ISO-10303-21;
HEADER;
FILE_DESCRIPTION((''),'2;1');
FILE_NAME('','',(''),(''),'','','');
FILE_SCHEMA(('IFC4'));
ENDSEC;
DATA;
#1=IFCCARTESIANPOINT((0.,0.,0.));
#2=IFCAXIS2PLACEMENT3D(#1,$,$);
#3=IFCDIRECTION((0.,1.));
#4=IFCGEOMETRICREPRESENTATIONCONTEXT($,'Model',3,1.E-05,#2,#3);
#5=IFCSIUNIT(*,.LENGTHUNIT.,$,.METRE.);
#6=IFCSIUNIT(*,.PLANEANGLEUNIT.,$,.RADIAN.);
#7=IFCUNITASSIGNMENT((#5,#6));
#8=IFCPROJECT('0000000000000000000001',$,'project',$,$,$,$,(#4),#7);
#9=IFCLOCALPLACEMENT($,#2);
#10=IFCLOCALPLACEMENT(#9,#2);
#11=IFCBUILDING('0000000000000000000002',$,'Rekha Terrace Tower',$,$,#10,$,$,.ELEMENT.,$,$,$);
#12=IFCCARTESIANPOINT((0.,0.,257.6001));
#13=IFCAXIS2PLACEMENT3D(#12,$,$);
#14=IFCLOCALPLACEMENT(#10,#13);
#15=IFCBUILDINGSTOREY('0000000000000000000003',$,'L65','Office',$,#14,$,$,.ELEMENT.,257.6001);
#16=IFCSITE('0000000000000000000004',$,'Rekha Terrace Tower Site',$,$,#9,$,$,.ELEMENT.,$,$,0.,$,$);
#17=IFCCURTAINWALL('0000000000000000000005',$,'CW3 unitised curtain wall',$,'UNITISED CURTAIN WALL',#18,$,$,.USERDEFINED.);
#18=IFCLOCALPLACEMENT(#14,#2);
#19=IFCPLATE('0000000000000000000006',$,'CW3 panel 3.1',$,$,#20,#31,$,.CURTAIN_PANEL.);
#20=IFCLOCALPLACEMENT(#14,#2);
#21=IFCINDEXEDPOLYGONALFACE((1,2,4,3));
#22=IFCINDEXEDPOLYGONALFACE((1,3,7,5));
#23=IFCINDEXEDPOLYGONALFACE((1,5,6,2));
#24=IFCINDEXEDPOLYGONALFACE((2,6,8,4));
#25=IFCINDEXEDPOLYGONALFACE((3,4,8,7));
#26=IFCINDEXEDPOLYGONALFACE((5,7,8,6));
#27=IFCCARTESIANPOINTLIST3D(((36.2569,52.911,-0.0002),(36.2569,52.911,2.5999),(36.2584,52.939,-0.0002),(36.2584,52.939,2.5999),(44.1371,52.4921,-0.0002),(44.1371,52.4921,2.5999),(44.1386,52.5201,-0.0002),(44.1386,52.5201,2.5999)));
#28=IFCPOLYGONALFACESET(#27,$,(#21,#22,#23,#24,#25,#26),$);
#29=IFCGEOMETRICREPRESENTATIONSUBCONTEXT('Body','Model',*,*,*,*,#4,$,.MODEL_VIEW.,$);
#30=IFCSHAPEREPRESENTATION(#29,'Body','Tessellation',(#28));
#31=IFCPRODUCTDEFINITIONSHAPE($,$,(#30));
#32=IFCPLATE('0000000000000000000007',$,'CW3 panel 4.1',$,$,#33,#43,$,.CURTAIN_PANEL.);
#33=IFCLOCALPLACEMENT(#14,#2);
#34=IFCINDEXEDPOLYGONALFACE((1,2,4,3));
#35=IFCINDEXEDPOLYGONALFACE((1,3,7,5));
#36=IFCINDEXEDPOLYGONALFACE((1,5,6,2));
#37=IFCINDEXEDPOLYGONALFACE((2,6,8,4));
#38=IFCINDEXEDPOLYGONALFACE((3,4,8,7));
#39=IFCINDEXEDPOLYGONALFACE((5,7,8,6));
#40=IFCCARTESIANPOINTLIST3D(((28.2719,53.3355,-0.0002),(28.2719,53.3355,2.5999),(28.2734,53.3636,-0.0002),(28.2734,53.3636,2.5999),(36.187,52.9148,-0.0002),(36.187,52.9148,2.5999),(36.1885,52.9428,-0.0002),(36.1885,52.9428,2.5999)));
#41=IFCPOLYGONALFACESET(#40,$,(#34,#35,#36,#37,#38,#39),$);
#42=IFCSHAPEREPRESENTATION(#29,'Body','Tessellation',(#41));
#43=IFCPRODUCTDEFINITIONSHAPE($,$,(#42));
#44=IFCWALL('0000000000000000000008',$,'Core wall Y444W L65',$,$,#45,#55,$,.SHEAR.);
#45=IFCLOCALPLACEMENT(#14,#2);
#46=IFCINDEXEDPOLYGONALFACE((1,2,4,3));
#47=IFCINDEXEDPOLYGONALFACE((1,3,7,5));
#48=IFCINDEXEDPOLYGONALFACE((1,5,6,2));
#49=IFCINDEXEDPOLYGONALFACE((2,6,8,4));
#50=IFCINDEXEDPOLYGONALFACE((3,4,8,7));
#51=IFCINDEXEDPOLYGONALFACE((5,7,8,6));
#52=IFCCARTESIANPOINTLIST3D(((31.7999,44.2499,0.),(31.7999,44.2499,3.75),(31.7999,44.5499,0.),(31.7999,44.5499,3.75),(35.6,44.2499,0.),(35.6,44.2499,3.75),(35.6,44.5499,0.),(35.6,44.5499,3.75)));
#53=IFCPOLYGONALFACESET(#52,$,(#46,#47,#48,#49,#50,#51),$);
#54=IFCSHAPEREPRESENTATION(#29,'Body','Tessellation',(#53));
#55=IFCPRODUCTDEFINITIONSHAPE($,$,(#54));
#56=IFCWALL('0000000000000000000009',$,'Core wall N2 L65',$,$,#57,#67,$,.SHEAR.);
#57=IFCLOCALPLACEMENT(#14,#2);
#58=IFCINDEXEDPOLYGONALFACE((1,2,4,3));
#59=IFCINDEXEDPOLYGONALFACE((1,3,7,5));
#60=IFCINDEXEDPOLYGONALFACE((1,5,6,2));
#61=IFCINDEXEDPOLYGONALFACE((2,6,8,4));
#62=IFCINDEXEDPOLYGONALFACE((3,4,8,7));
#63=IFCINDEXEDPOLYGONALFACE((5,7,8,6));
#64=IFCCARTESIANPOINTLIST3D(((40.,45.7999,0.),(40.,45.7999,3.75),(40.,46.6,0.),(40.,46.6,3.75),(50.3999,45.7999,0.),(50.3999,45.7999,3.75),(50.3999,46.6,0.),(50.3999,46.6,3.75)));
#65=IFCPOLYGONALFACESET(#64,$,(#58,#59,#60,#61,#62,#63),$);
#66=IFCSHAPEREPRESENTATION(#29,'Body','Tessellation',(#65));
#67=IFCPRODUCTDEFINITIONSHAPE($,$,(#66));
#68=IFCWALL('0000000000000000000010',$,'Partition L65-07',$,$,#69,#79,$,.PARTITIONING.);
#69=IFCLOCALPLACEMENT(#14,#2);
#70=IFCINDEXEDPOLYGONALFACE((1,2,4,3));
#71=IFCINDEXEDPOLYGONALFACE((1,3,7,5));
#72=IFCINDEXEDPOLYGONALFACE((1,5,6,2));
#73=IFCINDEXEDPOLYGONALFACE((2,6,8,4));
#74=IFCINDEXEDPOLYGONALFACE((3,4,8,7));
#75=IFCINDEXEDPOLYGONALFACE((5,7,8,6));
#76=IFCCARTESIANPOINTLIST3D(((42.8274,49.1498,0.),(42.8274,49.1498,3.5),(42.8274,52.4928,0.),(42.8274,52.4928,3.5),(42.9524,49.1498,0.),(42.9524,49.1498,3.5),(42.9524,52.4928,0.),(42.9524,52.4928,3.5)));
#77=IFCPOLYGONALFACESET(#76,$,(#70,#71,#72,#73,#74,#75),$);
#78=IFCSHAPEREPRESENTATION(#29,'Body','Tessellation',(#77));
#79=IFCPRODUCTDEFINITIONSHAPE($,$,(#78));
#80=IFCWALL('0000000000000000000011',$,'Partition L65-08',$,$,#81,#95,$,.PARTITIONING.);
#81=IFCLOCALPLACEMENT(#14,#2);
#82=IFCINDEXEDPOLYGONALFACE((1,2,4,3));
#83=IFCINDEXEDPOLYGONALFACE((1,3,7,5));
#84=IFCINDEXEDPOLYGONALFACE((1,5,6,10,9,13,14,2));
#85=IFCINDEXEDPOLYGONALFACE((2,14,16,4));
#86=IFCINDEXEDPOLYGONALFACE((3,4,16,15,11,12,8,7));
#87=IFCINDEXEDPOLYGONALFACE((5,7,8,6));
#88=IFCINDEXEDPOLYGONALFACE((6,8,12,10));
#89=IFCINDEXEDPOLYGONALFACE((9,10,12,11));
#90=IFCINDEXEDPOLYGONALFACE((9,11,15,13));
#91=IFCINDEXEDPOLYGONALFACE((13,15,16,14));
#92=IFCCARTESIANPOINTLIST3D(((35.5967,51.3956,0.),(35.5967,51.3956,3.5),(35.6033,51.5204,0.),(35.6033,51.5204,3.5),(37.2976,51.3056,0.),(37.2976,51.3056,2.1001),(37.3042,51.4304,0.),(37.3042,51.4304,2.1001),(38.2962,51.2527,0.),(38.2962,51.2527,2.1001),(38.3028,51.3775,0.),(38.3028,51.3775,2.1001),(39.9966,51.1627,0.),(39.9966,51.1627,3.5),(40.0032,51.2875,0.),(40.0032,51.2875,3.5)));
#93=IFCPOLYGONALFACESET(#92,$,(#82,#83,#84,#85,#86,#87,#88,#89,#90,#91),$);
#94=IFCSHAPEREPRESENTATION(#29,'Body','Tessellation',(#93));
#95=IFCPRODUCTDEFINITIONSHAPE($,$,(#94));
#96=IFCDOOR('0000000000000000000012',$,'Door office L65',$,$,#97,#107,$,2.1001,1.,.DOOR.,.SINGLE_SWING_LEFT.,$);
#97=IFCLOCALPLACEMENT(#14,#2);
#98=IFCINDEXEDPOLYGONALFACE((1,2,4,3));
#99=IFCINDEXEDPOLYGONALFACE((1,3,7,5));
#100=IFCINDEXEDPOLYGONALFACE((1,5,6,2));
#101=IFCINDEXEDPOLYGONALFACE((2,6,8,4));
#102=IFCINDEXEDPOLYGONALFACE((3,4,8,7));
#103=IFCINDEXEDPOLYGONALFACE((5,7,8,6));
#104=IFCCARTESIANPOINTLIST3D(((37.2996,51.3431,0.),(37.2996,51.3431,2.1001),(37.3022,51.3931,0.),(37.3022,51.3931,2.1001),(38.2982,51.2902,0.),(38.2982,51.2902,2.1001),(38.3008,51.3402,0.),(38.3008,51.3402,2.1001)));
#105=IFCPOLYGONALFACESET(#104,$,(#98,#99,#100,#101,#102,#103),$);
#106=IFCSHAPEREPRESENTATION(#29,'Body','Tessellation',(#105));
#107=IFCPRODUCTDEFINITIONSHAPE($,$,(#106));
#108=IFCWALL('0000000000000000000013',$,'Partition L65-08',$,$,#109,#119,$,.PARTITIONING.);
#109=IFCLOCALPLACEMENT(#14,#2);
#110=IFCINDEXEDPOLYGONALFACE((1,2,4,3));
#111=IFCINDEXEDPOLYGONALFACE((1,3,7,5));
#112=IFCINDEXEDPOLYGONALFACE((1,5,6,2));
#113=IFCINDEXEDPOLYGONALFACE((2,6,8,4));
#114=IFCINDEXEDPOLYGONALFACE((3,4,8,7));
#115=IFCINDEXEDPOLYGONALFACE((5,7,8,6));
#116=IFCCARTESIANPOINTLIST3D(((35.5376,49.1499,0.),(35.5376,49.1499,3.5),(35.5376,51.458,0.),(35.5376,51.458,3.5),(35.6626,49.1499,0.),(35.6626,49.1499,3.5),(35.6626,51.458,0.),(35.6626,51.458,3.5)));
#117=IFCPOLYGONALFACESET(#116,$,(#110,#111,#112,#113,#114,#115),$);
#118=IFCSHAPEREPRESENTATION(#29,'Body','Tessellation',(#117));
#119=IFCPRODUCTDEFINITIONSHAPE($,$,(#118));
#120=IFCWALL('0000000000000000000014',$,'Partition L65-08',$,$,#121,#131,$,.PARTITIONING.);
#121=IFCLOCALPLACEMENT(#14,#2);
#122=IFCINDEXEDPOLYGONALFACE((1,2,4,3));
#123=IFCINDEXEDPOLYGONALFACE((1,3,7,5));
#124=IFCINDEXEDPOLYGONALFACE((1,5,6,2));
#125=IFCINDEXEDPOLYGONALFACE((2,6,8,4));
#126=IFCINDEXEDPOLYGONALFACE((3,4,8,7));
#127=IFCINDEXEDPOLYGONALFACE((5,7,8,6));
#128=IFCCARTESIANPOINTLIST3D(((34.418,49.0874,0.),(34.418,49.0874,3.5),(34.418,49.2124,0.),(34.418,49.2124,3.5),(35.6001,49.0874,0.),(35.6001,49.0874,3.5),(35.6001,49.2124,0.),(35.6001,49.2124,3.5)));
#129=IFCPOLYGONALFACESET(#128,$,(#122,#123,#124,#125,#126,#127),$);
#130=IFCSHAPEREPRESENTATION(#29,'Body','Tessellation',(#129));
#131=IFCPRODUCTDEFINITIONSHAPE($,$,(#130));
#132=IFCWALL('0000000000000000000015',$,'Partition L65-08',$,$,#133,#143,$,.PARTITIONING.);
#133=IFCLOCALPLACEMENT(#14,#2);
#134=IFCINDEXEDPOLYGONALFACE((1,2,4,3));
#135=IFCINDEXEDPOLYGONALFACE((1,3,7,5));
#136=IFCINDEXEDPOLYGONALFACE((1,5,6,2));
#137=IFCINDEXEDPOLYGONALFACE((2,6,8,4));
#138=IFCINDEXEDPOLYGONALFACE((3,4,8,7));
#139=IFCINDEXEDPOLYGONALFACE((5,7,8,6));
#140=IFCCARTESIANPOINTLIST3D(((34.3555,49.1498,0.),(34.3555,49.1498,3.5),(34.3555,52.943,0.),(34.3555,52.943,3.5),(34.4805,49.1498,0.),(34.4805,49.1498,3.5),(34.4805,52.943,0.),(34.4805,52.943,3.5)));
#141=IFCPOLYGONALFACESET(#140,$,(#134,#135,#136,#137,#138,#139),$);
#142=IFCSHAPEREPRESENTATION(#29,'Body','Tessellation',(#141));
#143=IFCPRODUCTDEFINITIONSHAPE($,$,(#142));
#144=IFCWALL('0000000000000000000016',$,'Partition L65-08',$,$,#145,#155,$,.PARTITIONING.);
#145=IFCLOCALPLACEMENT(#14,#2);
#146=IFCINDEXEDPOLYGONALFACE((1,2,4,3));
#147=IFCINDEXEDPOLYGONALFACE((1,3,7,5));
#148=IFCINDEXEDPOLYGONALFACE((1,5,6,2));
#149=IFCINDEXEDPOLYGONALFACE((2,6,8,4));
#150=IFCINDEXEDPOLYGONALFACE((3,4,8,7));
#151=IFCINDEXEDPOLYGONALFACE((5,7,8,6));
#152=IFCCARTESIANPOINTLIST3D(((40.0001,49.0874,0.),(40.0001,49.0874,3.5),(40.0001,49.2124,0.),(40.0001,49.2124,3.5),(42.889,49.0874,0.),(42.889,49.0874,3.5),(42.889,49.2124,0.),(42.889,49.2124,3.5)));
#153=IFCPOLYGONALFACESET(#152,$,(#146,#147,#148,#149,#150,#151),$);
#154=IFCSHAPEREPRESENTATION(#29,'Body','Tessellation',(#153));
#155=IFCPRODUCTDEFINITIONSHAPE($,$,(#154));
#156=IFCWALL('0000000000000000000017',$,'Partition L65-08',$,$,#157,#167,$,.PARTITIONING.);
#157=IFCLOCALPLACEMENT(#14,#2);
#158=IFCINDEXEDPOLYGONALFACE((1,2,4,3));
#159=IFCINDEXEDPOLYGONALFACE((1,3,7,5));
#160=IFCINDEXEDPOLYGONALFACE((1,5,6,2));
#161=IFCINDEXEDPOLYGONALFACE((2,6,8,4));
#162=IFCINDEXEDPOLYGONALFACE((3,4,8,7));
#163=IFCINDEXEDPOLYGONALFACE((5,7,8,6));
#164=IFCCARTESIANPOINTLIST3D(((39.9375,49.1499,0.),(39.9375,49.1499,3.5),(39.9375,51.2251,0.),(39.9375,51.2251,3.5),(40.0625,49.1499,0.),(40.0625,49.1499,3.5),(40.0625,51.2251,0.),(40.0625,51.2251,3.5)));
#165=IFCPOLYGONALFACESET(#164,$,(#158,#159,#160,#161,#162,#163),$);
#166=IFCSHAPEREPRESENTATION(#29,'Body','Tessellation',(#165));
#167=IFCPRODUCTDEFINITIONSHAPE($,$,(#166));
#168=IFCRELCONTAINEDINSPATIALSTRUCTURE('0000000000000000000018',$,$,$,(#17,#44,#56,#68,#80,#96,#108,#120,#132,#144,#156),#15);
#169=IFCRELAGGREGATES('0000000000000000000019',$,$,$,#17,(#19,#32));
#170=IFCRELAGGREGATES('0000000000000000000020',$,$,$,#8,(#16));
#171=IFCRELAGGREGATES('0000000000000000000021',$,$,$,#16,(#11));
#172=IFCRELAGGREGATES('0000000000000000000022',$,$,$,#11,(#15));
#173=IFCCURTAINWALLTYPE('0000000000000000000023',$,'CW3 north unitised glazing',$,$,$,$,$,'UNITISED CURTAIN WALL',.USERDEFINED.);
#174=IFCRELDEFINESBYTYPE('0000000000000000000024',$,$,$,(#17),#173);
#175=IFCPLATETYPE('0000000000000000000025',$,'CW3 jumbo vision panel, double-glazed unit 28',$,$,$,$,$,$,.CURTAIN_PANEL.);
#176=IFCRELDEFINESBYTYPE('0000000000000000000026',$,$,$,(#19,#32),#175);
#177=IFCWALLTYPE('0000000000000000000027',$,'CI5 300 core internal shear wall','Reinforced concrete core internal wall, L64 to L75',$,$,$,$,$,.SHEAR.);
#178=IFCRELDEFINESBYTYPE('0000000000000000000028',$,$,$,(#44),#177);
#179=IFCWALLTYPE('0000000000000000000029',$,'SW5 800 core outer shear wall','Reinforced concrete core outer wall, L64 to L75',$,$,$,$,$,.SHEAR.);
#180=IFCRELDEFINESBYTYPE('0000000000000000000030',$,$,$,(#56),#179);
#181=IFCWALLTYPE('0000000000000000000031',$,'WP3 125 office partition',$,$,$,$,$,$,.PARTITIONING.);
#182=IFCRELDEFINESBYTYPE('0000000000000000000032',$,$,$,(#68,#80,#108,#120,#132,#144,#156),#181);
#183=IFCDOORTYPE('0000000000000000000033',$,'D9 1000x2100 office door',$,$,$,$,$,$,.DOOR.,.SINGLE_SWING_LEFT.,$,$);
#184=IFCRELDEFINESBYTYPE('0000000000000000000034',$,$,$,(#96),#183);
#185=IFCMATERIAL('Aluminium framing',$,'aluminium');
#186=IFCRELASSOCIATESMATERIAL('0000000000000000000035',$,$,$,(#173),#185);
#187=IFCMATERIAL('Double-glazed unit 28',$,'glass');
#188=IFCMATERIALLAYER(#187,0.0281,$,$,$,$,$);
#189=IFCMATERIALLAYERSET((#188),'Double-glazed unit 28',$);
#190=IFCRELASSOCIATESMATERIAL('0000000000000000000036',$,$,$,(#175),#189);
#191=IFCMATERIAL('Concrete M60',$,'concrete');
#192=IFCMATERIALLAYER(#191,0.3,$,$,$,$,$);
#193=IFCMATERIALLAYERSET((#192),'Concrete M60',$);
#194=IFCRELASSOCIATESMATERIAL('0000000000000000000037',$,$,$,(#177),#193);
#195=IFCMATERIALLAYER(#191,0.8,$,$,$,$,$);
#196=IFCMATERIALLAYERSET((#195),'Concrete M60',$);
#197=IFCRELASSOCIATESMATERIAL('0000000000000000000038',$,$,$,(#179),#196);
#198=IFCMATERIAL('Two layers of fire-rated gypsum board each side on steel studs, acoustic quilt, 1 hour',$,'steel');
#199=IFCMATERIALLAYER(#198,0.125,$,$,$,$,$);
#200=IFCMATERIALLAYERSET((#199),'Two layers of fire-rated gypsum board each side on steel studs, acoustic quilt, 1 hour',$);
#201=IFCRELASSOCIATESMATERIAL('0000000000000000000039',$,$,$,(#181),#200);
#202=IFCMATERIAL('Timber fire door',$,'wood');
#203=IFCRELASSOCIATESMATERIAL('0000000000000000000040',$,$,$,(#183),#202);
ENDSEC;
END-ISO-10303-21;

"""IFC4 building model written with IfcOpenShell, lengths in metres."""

from ifc_helpers import new_model, si_unit, direction, frame, frame_2d, origin, origin_2d, place, context, subcontext, project, spatial, rectangle, extrude, material, layer, layer_set, type_object, element, fill, aggregate, save


model = new_model("IFC4")

# Units and contexts
model_context = context("Model", 3, precision=1e-05, world=origin(), true_north=direction((0.0, 1.0)))
body_context = subcontext(model_context, "Body", "Model", "MODEL_VIEW")
ifc_project = project(units=[si_unit("LENGTHUNIT", "METRE"), si_unit("PLANEANGLEUNIT", "RADIAN")], contexts=[model_context])

# Site, building, storey
site_placement = place(None, origin())
site = spatial("IfcSite", under=ifc_project, at=site_placement, Name="Rekha Terrace Tower Site", CompositionType="ELEMENT", RefElevation=0.0)
building_placement = place(site_placement, origin())
building = spatial("IfcBuilding", under=site, at=building_placement, Name="Rekha Terrace Tower", CompositionType="ELEMENT")
storey_placement = place(building_placement, frame((0.0, 0.0, 257.6001)))
storey = spatial("IfcBuildingStorey", under=building, at=storey_placement, Name="L65", Description="Office", CompositionType="ELEMENT", Elevation=257.6001)

# Shared definitions
ifc_material_1 = material(Name="Concrete M60", Category="concrete")

# Curtain wall
ifc_material_2 = material(Name="Aluminium framing", Category="aluminium")
curtain_wall_type = type_object("IfcCurtainWallType", Name="CW3 north unitised glazing", ElementType="UNITISED CURTAIN WALL", PredefinedType="USERDEFINED", material=ifc_material_2)
curtain_wall_placement = place(storey_placement, origin())
curtain_wall = element("IfcCurtainWall", 1, at=curtain_wall_placement, inside=storey, type_object=curtain_wall_type, Name="CW3 unitised curtain wall", ObjectType="UNITISED CURTAIN WALL", PredefinedType="USERDEFINED")

# Plates
ifc_material_3 = material(Name="Double-glazed unit 28", Category="glass")
ifc_layer_1 = layer(ifc_material_3, 0.0281)
ifc_layer_set_1 = layer_set([ifc_layer_1], Name="Double-glazed unit 28")
plate_type = type_object("IfcPlateType", Name="CW3 jumbo vision panel, double-glazed unit 28", PredefinedType="CURTAIN_PANEL", material=ifc_layer_set_1)
plate_1_placement = place(storey_placement, frame((40.1978, 52.7156, -0.0002), z_axis=(0.0, 0.0, 1.0), x_axis=(-0.99859, 0.053083, 0.0)))
plate_1 = element("IfcPlate", 2, at=plate_1_placement, type_object=plate_type, Name="CW3 panel 3.1", PredefinedType="CURTAIN_PANEL", context=body_context, shape_type="SweptSolid", body=[
    extrude(rectangle(XDim=7.8914, YDim=0.0281, at=origin_2d()), origin(), (0.0, 0.0, 1.0), 2.6001),
])
plate_2_placement = place(storey_placement, frame((32.2302, 53.1392, -0.0002), z_axis=(0.0, 0.0, 1.0), x_axis=(-0.99859, 0.053083, 0.0)))
plate_2 = element("IfcPlate", 3, at=plate_2_placement, type_object=plate_type, Name="CW3 panel 4.1", PredefinedType="CURTAIN_PANEL", context=body_context, shape_type="SweptSolid", body=[
    extrude(rectangle(XDim=7.9263, YDim=0.0281, at=origin_2d()), origin(), (0.0, 0.0, 1.0), 2.6001),
])
aggregate(curtain_wall, [plate_1, plate_2])

# Walls
ifc_layer_2 = layer(ifc_material_1, 0.3)
ifc_layer_set_2 = layer_set([ifc_layer_2], Name="Concrete M60")
wall_type_1 = type_object("IfcWallType", Name="CI5 300 core internal shear wall", Description="Reinforced concrete core internal wall, L64 to L75", PredefinedType="SHEAR", material=ifc_layer_set_2)
wall_1_placement = place(storey_placement, frame((31.8, 44.3999, 0.0), z_axis=(0.0, 0.0, 1.0), x_axis=(1.0, 0.0, 0.0)))
element("IfcWall", 4, at=wall_1_placement, inside=storey, type_object=wall_type_1, Name="Core wall Y444W L65", PredefinedType="SHEAR", context=body_context, shape_type="SweptSolid", body=[
    extrude(rectangle(XDim=3.8, YDim=0.3, at=frame_2d((1.8999, 0.0))), origin(), (0.0, 0.0, 1.0), 3.75),
])
ifc_layer_3 = layer(ifc_material_1, 0.8)
ifc_layer_set_3 = layer_set([ifc_layer_3], Name="Concrete M60")
wall_type_2 = type_object("IfcWallType", Name="SW5 800 core outer shear wall", Description="Reinforced concrete core outer wall, L64 to L75", PredefinedType="SHEAR", material=ifc_layer_set_3)
wall_2_placement = place(storey_placement, frame((40.0, 46.2, 0.0), z_axis=(0.0, 0.0, 1.0), x_axis=(1.0, 0.0, 0.0)))
element("IfcWall", 5, at=wall_2_placement, inside=storey, type_object=wall_type_2, Name="Core wall N2 L65", PredefinedType="SHEAR", context=body_context, shape_type="SweptSolid", body=[
    extrude(rectangle(XDim=10.3999, YDim=0.8, at=frame_2d((5.2, 0.0))), origin(), (0.0, 0.0, 1.0), 3.75),
])
ifc_material_4 = material(Name="Two layers of fire-rated gypsum board each side on steel studs, acoustic quilt, 1 hour", Category="steel")
ifc_layer_4 = layer(ifc_material_4, 0.125)
ifc_layer_set_4 = layer_set([ifc_layer_4], Name="Two layers of fire-rated gypsum board each side on steel studs, acoustic quilt, 1 hour")
wall_type_3 = type_object("IfcWallType", Name="WP3 125 office partition", PredefinedType="PARTITIONING", material=ifc_layer_set_4)
wall_3_placement = place(storey_placement, frame((42.8899, 49.1499, 0.0), z_axis=(0.0, 0.0, 1.0), x_axis=(0.0, 1.0, 0.0)))
element("IfcWall", 6, at=wall_3_placement, inside=storey, type_object=wall_type_3, Name="Partition L65-07", PredefinedType="PARTITIONING", context=body_context, shape_type="SweptSolid", body=[
    extrude(rectangle(XDim=3.343, YDim=0.125, at=frame_2d((1.6714, 0.0))), origin(), (0.0, 0.0, 1.0), 3.5),
])

# Wall, opening, door
wall_4_placement = place(storey_placement, frame((40.0, 51.2251, 0.0), z_axis=(0.0, 0.0, 1.0), x_axis=(-0.998602, 0.052861, 0.0)))
wall_4 = element("IfcWall", 7, at=wall_4_placement, inside=storey, type_object=wall_type_3, Name="Partition L65-08", PredefinedType="PARTITIONING", context=body_context, shape_type="SweptSolid", body=[
    extrude(rectangle(XDim=4.406, YDim=0.125, at=frame_2d((2.2031, 0.0))), origin(), (0.0, 0.0, 1.0), 3.5),
])
opening_1_placement = place(wall_4_placement, frame((1.7029, 0.0, 0.0)))
opening_1 = element("IfcOpeningElement", 8, at=opening_1_placement, cuts=wall_4, PredefinedType="OPENING", context=body_context, shape_type="SweptSolid", body=[
    extrude(rectangle(XDim=1.0, YDim=2.1001, at=frame_2d((0.5, 1.05))), frame((0.0, 0.0725, 0.0), z_axis=(0.0, -1.0, 0.0), x_axis=(1.0, 0.0, 0.0)), (0.0, 0.0, 1.0), 0.145),
])
ifc_material_5 = material(Name="Timber fire door", Category="wood")
door_type = type_object("IfcDoorType", Name="D9 1000x2100 office door", OperationType="SINGLE_SWING_LEFT", PredefinedType="DOOR", material=ifc_material_5)
door_1_placement = place(opening_1_placement, origin())
door_1 = element("IfcDoor", 9, at=door_1_placement, inside=storey, type_object=door_type, Name="Door office L65", OperationType="SINGLE_SWING_LEFT", OverallHeight=2.1001, OverallWidth=1.0, PredefinedType="DOOR", context=body_context, shape_type="SweptSolid", body=[
    extrude(rectangle(XDim=1.0, YDim=2.1001, at=frame_2d((0.5, 1.05))), frame((0.0, 0.0249, 0.0), z_axis=(0.0, -1.0, 0.0), x_axis=(1.0, 0.0, 0.0)), (0.0, 0.0, 1.0), 0.05),
])
fill(opening_1, door_1)

# Walls
wall_5_placement = place(storey_placement, frame((35.6001, 51.458, 0.0), z_axis=(0.0, 0.0, 1.0), x_axis=(0.0, -1.0, 0.0)))
element("IfcWall", 10, at=wall_5_placement, inside=storey, type_object=wall_type_3, Name="Partition L65-08", PredefinedType="PARTITIONING", context=body_context, shape_type="SweptSolid", body=[
    extrude(rectangle(XDim=2.3081, YDim=0.125, at=frame_2d((1.1541, 0.0))), origin(), (0.0, 0.0, 1.0), 3.5),
])
wall_6_placement = place(storey_placement, frame((35.6001, 49.1499, 0.0), z_axis=(0.0, 0.0, 1.0), x_axis=(-1.0, 0.0, 0.0)))
element("IfcWall", 11, at=wall_6_placement, inside=storey, type_object=wall_type_3, Name="Partition L65-08", PredefinedType="PARTITIONING", context=body_context, shape_type="SweptSolid", body=[
    extrude(rectangle(XDim=1.1821, YDim=0.125, at=frame_2d((0.5911, 0.0))), origin(), (0.0, 0.0, 1.0), 3.5),
])
wall_7_placement = place(storey_placement, frame((34.418, 49.1499, 0.0), z_axis=(0.0, 0.0, 1.0), x_axis=(0.0, 1.0, 0.0)))
element("IfcWall", 12, at=wall_7_placement, inside=storey, type_object=wall_type_3, Name="Partition L65-08", PredefinedType="PARTITIONING", context=body_context, shape_type="SweptSolid", body=[
    extrude(rectangle(XDim=3.7932, YDim=0.125, at=frame_2d((1.8965, 0.0))), origin(), (0.0, 0.0, 1.0), 3.5),
])
wall_8_placement = place(storey_placement, frame((42.8889, 49.1499, 0.0), z_axis=(0.0, 0.0, 1.0), x_axis=(-1.0, 0.0, 0.0)))
element("IfcWall", 13, at=wall_8_placement, inside=storey, type_object=wall_type_3, Name="Partition L65-08", PredefinedType="PARTITIONING", context=body_context, shape_type="SweptSolid", body=[
    extrude(rectangle(XDim=2.8889, YDim=0.125, at=frame_2d((1.4443, 0.0))), origin(), (0.0, 0.0, 1.0), 3.5),
])
wall_9_placement = place(storey_placement, frame((40.0, 49.1499, 0.0), z_axis=(0.0, 0.0, 1.0), x_axis=(0.0, 1.0, 0.0)))
element("IfcWall", 14, at=wall_9_placement, inside=storey, type_object=wall_type_3, Name="Partition L65-08", PredefinedType="PARTITIONING", context=body_context, shape_type="SweptSolid", body=[
    extrude(rectangle(XDim=2.0752, YDim=0.125, at=frame_2d((1.0376, 0.0))), origin(), (0.0, 0.0, 1.0), 3.5),
])

save(model, "model.ifc")
